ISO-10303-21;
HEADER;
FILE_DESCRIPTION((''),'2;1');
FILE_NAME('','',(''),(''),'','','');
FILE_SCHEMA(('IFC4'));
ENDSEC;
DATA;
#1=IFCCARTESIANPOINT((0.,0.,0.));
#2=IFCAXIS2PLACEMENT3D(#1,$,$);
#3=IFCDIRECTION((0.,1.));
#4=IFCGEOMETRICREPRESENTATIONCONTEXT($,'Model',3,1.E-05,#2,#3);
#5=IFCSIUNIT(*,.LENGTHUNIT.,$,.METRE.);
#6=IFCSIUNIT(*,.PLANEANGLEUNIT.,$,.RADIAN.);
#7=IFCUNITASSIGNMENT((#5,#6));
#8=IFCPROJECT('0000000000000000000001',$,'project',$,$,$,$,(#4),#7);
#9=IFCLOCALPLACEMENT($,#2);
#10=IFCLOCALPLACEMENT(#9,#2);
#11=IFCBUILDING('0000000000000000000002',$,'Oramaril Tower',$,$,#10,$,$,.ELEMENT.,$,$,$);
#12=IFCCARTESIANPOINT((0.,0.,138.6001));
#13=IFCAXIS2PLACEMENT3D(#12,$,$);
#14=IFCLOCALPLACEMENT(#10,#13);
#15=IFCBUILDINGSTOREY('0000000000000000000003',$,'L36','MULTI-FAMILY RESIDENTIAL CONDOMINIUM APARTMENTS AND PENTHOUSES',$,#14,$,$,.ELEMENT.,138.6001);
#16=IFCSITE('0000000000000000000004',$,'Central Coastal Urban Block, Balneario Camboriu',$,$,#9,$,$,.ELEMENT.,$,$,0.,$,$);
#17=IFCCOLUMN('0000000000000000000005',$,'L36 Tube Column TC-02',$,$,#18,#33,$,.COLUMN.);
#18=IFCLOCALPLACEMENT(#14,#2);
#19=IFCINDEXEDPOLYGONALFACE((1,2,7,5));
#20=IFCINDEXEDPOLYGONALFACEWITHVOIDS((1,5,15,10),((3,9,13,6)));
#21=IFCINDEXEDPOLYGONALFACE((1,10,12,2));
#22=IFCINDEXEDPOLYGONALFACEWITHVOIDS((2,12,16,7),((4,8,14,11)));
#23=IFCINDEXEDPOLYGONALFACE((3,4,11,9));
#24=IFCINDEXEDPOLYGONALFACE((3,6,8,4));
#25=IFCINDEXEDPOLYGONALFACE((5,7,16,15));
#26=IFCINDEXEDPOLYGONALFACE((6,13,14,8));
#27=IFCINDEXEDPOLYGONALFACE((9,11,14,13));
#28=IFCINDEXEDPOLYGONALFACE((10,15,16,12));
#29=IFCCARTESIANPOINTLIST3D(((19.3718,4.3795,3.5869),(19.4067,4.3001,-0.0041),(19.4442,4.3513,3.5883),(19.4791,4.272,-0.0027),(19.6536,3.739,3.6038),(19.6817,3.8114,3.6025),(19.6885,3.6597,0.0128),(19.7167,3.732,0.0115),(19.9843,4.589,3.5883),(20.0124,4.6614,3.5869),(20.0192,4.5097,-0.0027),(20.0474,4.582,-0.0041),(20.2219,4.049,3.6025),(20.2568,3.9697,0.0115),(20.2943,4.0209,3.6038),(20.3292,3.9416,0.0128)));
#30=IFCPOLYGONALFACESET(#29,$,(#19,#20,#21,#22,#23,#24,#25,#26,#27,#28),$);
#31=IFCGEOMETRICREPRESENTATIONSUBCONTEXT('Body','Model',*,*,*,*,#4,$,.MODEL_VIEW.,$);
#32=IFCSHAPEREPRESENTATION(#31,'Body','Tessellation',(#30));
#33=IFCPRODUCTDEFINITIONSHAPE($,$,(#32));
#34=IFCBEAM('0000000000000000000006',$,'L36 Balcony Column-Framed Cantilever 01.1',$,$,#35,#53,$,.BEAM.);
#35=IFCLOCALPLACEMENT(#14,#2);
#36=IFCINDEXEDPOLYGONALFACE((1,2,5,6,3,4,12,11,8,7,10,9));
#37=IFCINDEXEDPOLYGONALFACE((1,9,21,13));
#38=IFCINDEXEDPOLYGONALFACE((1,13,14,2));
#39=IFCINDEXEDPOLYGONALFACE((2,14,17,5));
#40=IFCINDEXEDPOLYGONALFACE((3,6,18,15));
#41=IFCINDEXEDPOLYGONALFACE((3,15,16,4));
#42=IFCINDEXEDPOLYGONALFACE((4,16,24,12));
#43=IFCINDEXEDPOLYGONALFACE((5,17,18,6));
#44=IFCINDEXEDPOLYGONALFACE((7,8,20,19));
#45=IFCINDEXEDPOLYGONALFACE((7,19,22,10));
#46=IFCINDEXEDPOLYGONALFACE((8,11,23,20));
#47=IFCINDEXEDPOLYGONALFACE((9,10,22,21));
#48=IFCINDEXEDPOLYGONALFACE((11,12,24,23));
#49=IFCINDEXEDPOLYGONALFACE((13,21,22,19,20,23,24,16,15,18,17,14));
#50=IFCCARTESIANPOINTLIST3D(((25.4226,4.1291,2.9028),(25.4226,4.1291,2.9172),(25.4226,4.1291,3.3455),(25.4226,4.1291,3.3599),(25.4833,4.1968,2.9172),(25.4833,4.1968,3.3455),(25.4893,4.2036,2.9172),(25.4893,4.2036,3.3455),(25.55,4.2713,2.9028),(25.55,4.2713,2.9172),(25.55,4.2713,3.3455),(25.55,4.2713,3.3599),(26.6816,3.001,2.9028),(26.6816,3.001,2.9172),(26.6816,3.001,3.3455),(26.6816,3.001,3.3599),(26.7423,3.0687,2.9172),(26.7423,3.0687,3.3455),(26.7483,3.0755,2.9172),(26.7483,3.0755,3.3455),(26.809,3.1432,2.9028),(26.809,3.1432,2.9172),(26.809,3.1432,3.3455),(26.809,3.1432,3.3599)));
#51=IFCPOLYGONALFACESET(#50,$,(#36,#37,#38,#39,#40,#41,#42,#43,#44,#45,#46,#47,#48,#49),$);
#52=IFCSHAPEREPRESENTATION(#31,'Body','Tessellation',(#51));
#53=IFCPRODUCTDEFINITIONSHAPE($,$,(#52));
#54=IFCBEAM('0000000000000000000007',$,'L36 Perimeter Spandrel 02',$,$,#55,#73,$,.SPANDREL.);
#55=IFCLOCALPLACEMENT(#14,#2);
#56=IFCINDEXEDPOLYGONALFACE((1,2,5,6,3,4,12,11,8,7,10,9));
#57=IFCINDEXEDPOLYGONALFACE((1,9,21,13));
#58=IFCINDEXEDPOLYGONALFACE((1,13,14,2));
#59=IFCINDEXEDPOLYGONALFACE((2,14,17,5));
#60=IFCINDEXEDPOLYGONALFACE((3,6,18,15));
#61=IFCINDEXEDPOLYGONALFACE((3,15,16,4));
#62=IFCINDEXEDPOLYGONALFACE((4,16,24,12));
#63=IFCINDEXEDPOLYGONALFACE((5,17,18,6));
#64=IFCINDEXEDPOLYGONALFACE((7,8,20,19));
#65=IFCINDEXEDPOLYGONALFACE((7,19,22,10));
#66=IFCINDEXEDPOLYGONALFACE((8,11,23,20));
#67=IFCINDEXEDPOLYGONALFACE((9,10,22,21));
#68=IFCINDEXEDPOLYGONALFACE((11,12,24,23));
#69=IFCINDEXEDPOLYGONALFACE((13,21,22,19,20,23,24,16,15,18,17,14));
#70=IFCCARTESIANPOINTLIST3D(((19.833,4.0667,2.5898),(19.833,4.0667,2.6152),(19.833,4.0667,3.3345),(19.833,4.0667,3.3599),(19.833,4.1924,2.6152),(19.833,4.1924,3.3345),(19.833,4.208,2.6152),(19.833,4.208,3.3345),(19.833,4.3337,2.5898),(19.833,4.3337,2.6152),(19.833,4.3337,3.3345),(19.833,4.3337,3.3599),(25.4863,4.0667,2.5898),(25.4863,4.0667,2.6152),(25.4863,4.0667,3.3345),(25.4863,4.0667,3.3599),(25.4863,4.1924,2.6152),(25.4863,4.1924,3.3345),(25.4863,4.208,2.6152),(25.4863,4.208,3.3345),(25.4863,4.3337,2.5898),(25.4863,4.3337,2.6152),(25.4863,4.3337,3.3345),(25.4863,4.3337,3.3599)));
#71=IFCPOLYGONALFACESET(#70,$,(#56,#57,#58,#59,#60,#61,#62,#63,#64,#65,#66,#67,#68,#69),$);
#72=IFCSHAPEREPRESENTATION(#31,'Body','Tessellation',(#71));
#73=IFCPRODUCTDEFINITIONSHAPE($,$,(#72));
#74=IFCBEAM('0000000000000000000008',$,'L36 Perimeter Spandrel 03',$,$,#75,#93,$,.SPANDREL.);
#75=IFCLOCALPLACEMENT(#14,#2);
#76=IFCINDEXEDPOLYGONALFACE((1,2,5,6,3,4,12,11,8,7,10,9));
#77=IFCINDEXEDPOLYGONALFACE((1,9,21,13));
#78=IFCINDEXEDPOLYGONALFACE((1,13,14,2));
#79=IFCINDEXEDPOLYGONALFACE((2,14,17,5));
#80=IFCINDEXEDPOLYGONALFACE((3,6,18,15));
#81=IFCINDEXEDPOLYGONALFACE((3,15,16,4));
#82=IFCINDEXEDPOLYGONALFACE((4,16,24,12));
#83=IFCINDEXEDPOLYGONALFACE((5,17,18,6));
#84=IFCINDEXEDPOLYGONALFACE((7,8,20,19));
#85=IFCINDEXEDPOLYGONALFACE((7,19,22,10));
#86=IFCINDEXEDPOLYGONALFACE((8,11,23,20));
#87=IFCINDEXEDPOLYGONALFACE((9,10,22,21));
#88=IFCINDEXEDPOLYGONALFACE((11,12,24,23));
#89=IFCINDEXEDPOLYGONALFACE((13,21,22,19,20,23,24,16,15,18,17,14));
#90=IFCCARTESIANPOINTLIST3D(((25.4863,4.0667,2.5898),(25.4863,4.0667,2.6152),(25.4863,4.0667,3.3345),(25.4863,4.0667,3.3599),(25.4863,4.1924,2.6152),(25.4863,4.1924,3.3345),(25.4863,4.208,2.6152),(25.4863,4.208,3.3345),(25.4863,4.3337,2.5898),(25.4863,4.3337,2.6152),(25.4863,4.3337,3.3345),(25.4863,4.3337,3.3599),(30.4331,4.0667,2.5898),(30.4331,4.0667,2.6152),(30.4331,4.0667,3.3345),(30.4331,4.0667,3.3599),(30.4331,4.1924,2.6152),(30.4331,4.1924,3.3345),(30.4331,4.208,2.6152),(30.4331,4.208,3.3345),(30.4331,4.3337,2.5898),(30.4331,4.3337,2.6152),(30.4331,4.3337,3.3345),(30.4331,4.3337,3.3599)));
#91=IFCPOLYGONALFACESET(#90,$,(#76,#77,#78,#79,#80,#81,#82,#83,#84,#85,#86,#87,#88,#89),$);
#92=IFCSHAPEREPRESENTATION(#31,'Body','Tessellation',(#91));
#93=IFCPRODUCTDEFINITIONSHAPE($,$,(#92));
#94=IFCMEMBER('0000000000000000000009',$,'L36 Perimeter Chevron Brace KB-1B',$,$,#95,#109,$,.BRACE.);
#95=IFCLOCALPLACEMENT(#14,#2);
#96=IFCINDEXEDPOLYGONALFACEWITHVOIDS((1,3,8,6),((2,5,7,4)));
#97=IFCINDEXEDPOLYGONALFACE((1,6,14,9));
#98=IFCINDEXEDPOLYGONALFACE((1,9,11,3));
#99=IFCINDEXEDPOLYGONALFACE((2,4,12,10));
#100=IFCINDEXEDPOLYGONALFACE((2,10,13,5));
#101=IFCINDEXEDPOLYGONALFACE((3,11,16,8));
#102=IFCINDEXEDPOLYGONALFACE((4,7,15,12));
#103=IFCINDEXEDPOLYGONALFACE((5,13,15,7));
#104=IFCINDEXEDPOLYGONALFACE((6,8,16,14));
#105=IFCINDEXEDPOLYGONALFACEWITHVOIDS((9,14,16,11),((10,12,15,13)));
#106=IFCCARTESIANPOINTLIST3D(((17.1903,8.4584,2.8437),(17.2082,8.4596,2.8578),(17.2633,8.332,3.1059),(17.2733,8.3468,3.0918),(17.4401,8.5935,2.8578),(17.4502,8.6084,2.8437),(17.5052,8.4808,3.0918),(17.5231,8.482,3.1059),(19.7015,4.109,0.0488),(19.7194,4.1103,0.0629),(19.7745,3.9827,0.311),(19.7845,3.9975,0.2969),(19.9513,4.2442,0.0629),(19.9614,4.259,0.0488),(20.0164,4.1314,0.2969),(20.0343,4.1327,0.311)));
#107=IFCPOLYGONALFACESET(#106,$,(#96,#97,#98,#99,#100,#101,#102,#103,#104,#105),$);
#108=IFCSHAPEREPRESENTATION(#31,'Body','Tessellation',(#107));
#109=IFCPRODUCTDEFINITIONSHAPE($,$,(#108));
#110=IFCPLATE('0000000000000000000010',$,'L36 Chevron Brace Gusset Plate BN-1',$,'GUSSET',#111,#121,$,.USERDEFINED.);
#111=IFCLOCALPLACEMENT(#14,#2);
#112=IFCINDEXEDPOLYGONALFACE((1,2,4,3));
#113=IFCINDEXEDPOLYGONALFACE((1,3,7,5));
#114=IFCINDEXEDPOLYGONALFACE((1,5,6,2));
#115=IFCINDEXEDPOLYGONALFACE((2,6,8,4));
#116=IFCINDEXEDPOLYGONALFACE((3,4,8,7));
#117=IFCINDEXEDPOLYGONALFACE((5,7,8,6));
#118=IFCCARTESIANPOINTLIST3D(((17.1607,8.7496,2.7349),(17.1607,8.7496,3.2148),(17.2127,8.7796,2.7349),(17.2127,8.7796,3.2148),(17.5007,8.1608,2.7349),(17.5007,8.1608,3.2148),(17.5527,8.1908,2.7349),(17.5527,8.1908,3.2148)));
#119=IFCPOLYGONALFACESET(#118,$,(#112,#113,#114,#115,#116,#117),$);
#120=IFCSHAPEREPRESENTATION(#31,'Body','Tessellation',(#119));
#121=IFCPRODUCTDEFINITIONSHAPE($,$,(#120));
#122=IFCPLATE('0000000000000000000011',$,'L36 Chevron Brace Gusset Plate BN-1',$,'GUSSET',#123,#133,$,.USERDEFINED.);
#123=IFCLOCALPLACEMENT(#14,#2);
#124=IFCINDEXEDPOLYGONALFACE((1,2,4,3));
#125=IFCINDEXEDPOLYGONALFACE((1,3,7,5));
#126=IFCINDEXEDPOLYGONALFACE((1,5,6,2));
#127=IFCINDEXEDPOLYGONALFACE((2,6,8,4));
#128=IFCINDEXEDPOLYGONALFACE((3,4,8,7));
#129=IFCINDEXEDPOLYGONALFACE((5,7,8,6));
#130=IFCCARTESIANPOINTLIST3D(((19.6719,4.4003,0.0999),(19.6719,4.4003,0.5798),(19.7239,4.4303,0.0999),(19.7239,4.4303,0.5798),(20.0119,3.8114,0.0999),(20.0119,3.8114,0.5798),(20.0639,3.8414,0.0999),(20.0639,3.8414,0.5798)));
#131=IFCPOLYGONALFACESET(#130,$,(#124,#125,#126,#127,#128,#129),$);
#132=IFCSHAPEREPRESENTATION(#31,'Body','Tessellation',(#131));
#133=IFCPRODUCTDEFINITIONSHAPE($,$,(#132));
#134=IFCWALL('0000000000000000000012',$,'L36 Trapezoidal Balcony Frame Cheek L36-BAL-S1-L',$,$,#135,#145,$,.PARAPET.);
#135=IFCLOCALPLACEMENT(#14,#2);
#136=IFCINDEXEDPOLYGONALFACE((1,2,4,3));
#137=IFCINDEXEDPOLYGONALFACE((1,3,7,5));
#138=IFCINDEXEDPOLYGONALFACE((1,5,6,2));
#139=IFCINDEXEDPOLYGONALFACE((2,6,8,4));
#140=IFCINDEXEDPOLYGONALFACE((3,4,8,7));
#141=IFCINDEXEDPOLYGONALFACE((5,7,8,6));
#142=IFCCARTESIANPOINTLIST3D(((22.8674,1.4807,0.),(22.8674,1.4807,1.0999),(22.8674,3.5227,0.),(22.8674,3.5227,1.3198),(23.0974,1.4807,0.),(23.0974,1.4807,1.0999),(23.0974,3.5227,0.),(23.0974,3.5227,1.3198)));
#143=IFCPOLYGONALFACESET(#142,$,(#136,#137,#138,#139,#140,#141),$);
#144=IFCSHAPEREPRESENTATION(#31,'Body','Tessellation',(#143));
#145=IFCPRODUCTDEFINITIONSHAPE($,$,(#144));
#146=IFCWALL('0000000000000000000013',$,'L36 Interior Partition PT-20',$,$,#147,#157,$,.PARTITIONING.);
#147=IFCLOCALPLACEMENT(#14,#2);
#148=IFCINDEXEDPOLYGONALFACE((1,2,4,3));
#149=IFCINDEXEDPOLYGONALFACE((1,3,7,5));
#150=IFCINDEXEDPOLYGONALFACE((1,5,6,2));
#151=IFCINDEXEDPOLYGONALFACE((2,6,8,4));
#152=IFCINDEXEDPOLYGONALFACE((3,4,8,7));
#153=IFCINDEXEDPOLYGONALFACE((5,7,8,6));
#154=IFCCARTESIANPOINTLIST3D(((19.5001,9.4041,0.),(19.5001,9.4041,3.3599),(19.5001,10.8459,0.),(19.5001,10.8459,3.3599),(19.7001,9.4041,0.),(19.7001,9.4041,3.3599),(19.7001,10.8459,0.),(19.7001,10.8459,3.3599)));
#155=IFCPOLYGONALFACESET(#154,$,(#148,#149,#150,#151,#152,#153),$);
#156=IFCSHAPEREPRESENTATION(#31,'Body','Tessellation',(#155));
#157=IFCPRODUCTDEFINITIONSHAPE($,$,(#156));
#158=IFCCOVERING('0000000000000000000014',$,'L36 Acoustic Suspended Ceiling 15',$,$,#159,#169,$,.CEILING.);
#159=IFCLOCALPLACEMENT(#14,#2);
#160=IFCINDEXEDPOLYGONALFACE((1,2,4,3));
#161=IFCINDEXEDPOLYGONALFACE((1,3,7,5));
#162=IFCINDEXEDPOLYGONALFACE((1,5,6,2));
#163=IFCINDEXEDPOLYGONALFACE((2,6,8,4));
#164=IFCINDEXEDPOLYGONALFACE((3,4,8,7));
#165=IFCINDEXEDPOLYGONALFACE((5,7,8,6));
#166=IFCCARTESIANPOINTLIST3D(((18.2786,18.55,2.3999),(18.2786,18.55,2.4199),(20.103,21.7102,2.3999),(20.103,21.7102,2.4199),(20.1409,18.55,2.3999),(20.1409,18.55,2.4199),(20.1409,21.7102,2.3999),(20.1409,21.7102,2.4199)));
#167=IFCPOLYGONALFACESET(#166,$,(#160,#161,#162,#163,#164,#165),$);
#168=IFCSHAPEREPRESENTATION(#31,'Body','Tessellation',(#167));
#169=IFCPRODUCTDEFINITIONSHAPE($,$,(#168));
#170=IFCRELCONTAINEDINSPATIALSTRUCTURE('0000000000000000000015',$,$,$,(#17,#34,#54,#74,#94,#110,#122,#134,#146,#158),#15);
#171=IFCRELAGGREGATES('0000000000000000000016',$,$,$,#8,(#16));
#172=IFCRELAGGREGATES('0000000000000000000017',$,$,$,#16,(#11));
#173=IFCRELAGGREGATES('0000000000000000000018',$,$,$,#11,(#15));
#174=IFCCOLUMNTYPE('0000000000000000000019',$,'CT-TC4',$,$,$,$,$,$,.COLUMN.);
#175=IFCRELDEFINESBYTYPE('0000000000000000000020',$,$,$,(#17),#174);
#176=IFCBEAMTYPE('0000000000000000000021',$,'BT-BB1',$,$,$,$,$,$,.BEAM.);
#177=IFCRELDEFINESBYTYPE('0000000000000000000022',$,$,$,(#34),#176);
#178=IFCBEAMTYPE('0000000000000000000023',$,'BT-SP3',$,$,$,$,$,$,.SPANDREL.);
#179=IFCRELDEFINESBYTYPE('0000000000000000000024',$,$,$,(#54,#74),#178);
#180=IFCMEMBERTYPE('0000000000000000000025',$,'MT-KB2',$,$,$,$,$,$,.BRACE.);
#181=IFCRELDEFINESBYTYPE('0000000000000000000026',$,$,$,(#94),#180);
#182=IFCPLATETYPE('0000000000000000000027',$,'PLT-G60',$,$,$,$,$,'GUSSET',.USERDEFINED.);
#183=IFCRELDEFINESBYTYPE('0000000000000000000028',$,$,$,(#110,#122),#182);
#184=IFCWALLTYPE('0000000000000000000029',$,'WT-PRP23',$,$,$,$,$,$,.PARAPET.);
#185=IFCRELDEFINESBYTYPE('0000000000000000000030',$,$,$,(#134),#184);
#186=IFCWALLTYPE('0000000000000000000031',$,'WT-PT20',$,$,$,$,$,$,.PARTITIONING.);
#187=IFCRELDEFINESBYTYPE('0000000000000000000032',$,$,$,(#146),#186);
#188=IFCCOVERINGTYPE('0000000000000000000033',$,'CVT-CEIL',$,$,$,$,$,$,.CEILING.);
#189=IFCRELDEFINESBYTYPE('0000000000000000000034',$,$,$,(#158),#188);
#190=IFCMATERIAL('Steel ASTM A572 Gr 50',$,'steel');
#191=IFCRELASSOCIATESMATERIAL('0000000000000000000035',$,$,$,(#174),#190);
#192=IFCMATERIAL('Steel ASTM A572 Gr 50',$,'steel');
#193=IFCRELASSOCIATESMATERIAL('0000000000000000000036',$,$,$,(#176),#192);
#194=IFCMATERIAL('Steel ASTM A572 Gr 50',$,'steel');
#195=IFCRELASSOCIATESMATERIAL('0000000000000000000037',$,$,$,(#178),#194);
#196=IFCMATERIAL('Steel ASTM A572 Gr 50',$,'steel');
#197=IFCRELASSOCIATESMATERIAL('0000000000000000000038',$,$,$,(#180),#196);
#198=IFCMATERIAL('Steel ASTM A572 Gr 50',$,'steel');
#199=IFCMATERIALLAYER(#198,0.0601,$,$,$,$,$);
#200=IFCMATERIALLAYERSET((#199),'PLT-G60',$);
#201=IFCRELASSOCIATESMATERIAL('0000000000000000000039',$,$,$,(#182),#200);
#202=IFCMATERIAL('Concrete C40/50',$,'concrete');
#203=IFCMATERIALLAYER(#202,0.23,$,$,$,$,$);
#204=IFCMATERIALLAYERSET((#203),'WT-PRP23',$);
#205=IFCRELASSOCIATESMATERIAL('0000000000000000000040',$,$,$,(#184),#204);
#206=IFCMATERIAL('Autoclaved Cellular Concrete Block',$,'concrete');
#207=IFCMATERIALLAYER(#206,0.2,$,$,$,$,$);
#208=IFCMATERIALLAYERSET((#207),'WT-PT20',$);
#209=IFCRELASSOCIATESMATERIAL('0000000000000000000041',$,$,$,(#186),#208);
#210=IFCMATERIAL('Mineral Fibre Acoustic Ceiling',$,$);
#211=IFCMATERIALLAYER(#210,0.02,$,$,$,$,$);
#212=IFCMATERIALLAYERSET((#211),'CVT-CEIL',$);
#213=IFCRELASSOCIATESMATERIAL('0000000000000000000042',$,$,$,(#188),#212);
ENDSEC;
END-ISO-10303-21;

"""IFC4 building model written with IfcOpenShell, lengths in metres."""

from ifc_helpers import new_model, si_unit, direction, frame, frame_2d, origin, origin_2d, place, context, subcontext, project, spatial, polyline, rectangle, hollow_rectangle, i_section, outline, extrude, material, layer, layer_set, material_profile, profile_set, type_object, element, save


model = new_model("IFC4")

# Units and contexts
model_context = context("Model", 3, precision=1e-05, world=origin(), true_north=direction((0.0, 1.0)))
body_context = subcontext(model_context, "Body", "Model", "MODEL_VIEW")
ifc_project = project(units=[si_unit("LENGTHUNIT", "METRE"), si_unit("PLANEANGLEUNIT", "RADIAN")], contexts=[model_context])

# Site, building, storey
site_placement = place(None, origin())
site = spatial("IfcSite", under=ifc_project, at=site_placement, Name="Central Coastal Urban Block, Balneario Camboriu", CompositionType="ELEMENT", RefElevation=0.0)
building_placement = place(site_placement, origin())
building = spatial("IfcBuilding", under=site, at=building_placement, Name="Oramaril Tower", CompositionType="ELEMENT")
storey_placement = place(building_placement, frame((0.0, 0.0, 138.6001)))
storey = spatial("IfcBuildingStorey", under=building, at=storey_placement, Name="L36", Description="MULTI-FAMILY RESIDENTIAL CONDOMINIUM APARTMENTS AND PENTHOUSES", CompositionType="ELEMENT", Elevation=138.6001)

# Column
ifc_material_1 = material(Name="Steel ASTM A572 Gr 50", Category="steel")
ifc_material_profile_1 = material_profile(ifc_material_1, hollow_rectangle(XDim=0.7, YDim=0.7, WallThickness=0.0549, at=origin_2d()), Name="BOX700X700X55")
ifc_profile_set_1 = profile_set([ifc_material_profile_1], Name="Steel ASTM A572 Gr 50")
column_type = type_object("IfcColumnType", Name="CT-TC4", PredefinedType="COLUMN", material=ifc_profile_set_1)
column_placement = place(storey_placement, frame((19.8679, 4.1208, 0.0044), z_axis=(-0.009719, 0.022089, 0.999709), x_axis=(-0.915315, -0.402739, 0.0)))
element("IfcColumn", 1, at=column_placement, inside=storey, type_object=column_type, Name="L36 Tube Column TC-02", PredefinedType="COLUMN", context=body_context, shape_type="SweptSolid", body=[
    extrude(hollow_rectangle(XDim=0.7, YDim=0.7, WallThickness=0.0549, at=origin_2d()), origin(), (0.0, 0.0, 1.0), 3.592),
])

# Beams
ifc_material_2 = material(Name="Steel ASTM A572 Gr 50", Category="steel")
ifc_material_profile_2 = material_profile(ifc_material_2, i_section(OverallWidth=0.1909, OverallDepth=0.457, WebThickness=0.009, FlangeThickness=0.0144, at=origin_2d()), Name="W18X50")
ifc_profile_set_2 = profile_set([ifc_material_profile_2], Name="Steel ASTM A572 Gr 50")
beam_type_1 = type_object("IfcBeamType", Name="BT-BB1", PredefinedType="BEAM", material=ifc_profile_set_2)
beam_1_placement = place(storey_placement, frame((25.4863, 4.2002, 3.1313), z_axis=(0.74475, -0.667343, 0.0), x_axis=(0.667343, 0.74475, 0.0)))
element("IfcBeam", 2, at=beam_1_placement, inside=storey, type_object=beam_type_1, Name="L36 Balcony Column-Framed Cantilever 01.1", PredefinedType="BEAM", context=body_context, shape_type="SweptSolid", body=[
    extrude(i_section(OverallWidth=0.1909, OverallDepth=0.457, WebThickness=0.009, FlangeThickness=0.0144, at=origin_2d()), origin(), (0.0, 0.0, 1.0), 1.6904),
])
ifc_material_3 = material(Name="Steel ASTM A572 Gr 50", Category="steel")
ifc_material_profile_3 = material_profile(ifc_material_3, i_section(OverallWidth=0.2671, OverallDepth=0.77, WebThickness=0.0156, FlangeThickness=0.0254, at=origin_2d()), Name="W30X132")
ifc_profile_set_3 = profile_set([ifc_material_profile_3], Name="Steel ASTM A572 Gr 50")
beam_type_2 = type_object("IfcBeamType", Name="BT-SP3", PredefinedType="SPANDREL", material=ifc_profile_set_3)
beam_2_placement = place(storey_placement, frame((19.833, 4.2002, 2.9749), z_axis=(1.0, 0.0, 0.0), x_axis=(0.0, 1.0, 0.0)))
element("IfcBeam", 3, at=beam_2_placement, inside=storey, type_object=beam_type_2, Name="L36 Perimeter Spandrel 02", PredefinedType="SPANDREL", context=body_context, shape_type="SweptSolid", body=[
    extrude(i_section(OverallWidth=0.2671, OverallDepth=0.77, WebThickness=0.0156, FlangeThickness=0.0254, at=origin_2d()), origin(), (0.0, 0.0, 1.0), 5.6533),
])
beam_3_placement = place(storey_placement, frame((25.4863, 4.2002, 2.9749), z_axis=(1.0, 0.0, 0.0), x_axis=(0.0, 1.0, 0.0)))
element("IfcBeam", 4, at=beam_3_placement, inside=storey, type_object=beam_type_2, Name="L36 Perimeter Spandrel 03", PredefinedType="SPANDREL", context=body_context, shape_type="SweptSolid", body=[
    extrude(i_section(OverallWidth=0.2671, OverallDepth=0.77, WebThickness=0.0156, FlangeThickness=0.0254, at=origin_2d()), origin(), (0.0, 0.0, 1.0), 4.9468),
])

# Member
ifc_material_4 = material(Name="Steel ASTM A572 Gr 50", Category="steel")
ifc_material_profile_4 = material_profile(ifc_material_4, hollow_rectangle(XDim=0.3, YDim=0.3, WallThickness=0.0161, at=origin_2d()), Name="HSS300X300X16")
ifc_profile_set_4 = profile_set([ifc_material_profile_4], Name="Steel ASTM A572 Gr 50")
member_type = type_object("IfcMemberType", Name="MT-KB2", PredefinedType="BRACE", material=ifc_profile_set_4)
member_placement = place(storey_placement, frame((19.8679, 4.1208, 0.1799), z_axis=(-0.436919, 0.756728, 0.486277), x_axis=(-0.866015, -0.500018, 0.0)))
element("IfcMember", 5, at=member_placement, inside=storey, type_object=member_type, Name="L36 Perimeter Chevron Brace KB-1B", PredefinedType="BRACE", context=body_context, shape_type="SweptSolid", body=[
    extrude(hollow_rectangle(XDim=0.3, YDim=0.3, WallThickness=0.0161, at=origin_2d()), origin(), (0.0, 0.0, 1.0), 5.7476),
])

# Plates
ifc_material_5 = material(Name="Steel ASTM A572 Gr 50", Category="steel")
ifc_layer_1 = layer(ifc_material_5, 0.0601)
ifc_layer_set_1 = layer_set([ifc_layer_1], Name="PLT-G60")
plate_type = type_object("IfcPlateType", Name="PLT-G60", ElementType="GUSSET", PredefinedType="USERDEFINED", material=ifc_layer_set_1)
for number, where, z_axis, x_axis, name in (
    (6, (17.3567, 8.4702, 2.7349), (0.0, 0.0, 1.0), (0.500002, -0.866025, 0.0), "L36 Chevron Brace Gusset Plate BN-1"),
    (7, (19.8679, 4.1208, 0.0999), (0.0, 0.0, 1.0), (0.500002, -0.866025, 0.0), "L36 Chevron Brace Gusset Plate BN-1"),
):
    element("IfcPlate", number, at=place(storey_placement, frame(where, z_axis=z_axis, x_axis=x_axis)), inside=storey, type_object=plate_type, Name=name, ObjectType="GUSSET", PredefinedType="USERDEFINED", context=body_context, shape_type="SweptSolid", body=[
        extrude(rectangle(XDim=0.6799, YDim=0.0601, at=origin_2d()), origin(), (0.0, 0.0, 1.0), 0.48),
    ])

# Wall
ifc_material_6 = material(Name="Concrete C40/50", Category="concrete")
ifc_layer_2 = layer(ifc_material_6, 0.23)
ifc_layer_set_2 = layer_set([ifc_layer_2], Name="WT-PRP23")
wall_type_1 = type_object("IfcWallType", Name="WT-PRP23", PredefinedType="PARAPET", material=ifc_layer_set_2)
wall_1_placement = place(storey_placement, frame((22.9824, 3.5227, 0.0), z_axis=(0.0, 0.0, 1.0), x_axis=(0.0, -1.0, 0.0)))
element("IfcWall", 8, at=wall_1_placement, inside=storey, type_object=wall_type_1, Name="L36 Trapezoidal Balcony Frame Cheek L36-BAL-S1-L", PredefinedType="PARAPET", context=body_context, shape_type="SweptSolid", body=[
    extrude(outline(polyline([(0.0, 0.0), (2.042, 0.0), (2.042, 1.0999), (0.0, 1.3198), (0.0, 0.0)])), frame((0.0, 0.115, 0.0), z_axis=(0.0, -1.0, 0.0), x_axis=(1.0, 0.0, 0.0)), (0.0, 0.0, 1.0), 0.23),
])

# Shared definitions
ifc_material_7 = material(Name="Autoclaved Cellular Concrete Block", Category="concrete")
ifc_layer_3 = layer(ifc_material_7, 0.2)
ifc_layer_set_3 = layer_set([ifc_layer_3], Name="WT-PT20")
wall_type_2 = type_object("IfcWallType", Name="WT-PT20", PredefinedType="PARTITIONING", material=ifc_layer_set_3)

# Wall
wall_2_placement = place(storey_placement, frame((19.6001, 9.4041, 0.0), z_axis=(0.0, 0.0, 1.0), x_axis=(0.0, 1.0, 0.0)))
element("IfcWall", 9, at=wall_2_placement, inside=storey, type_object=wall_type_2, Name="L36 Interior Partition PT-20", PredefinedType="PARTITIONING", context=body_context, shape_type="SweptSolid", body=[
    extrude(rectangle(XDim=1.4419, YDim=0.2, at=frame_2d((0.7209, 0.0))), origin(), (0.0, 0.0, 1.0), 3.3599),
])

# Covering
ifc_material_8 = material(Name="Mineral Fibre Acoustic Ceiling")
ifc_layer_4 = layer(ifc_material_8, 0.02)
ifc_layer_set_4 = layer_set([ifc_layer_4], Name="CVT-CEIL")
covering_type_1 = type_object("IfcCoveringType", Name="CVT-CEIL", PredefinedType="CEILING", material=ifc_layer_set_4)
covering_1_placement = place(storey_placement, frame((0.0, 0.0, 2.3999)))
element("IfcCovering", 10, at=covering_1_placement, inside=storey, type_object=covering_type_1, Name="L36 Acoustic Suspended Ceiling 15", PredefinedType="CEILING", context=body_context, shape_type="SweptSolid", body=[
    extrude(outline(polyline([(20.1409, 21.7102), (20.1409, 18.55), (18.2786, 18.55), (20.103, 21.7102), (20.1409, 21.7102)])), origin(), (0.0, 0.0, 1.0), 0.02),
])

save(model, "model.ifc")
